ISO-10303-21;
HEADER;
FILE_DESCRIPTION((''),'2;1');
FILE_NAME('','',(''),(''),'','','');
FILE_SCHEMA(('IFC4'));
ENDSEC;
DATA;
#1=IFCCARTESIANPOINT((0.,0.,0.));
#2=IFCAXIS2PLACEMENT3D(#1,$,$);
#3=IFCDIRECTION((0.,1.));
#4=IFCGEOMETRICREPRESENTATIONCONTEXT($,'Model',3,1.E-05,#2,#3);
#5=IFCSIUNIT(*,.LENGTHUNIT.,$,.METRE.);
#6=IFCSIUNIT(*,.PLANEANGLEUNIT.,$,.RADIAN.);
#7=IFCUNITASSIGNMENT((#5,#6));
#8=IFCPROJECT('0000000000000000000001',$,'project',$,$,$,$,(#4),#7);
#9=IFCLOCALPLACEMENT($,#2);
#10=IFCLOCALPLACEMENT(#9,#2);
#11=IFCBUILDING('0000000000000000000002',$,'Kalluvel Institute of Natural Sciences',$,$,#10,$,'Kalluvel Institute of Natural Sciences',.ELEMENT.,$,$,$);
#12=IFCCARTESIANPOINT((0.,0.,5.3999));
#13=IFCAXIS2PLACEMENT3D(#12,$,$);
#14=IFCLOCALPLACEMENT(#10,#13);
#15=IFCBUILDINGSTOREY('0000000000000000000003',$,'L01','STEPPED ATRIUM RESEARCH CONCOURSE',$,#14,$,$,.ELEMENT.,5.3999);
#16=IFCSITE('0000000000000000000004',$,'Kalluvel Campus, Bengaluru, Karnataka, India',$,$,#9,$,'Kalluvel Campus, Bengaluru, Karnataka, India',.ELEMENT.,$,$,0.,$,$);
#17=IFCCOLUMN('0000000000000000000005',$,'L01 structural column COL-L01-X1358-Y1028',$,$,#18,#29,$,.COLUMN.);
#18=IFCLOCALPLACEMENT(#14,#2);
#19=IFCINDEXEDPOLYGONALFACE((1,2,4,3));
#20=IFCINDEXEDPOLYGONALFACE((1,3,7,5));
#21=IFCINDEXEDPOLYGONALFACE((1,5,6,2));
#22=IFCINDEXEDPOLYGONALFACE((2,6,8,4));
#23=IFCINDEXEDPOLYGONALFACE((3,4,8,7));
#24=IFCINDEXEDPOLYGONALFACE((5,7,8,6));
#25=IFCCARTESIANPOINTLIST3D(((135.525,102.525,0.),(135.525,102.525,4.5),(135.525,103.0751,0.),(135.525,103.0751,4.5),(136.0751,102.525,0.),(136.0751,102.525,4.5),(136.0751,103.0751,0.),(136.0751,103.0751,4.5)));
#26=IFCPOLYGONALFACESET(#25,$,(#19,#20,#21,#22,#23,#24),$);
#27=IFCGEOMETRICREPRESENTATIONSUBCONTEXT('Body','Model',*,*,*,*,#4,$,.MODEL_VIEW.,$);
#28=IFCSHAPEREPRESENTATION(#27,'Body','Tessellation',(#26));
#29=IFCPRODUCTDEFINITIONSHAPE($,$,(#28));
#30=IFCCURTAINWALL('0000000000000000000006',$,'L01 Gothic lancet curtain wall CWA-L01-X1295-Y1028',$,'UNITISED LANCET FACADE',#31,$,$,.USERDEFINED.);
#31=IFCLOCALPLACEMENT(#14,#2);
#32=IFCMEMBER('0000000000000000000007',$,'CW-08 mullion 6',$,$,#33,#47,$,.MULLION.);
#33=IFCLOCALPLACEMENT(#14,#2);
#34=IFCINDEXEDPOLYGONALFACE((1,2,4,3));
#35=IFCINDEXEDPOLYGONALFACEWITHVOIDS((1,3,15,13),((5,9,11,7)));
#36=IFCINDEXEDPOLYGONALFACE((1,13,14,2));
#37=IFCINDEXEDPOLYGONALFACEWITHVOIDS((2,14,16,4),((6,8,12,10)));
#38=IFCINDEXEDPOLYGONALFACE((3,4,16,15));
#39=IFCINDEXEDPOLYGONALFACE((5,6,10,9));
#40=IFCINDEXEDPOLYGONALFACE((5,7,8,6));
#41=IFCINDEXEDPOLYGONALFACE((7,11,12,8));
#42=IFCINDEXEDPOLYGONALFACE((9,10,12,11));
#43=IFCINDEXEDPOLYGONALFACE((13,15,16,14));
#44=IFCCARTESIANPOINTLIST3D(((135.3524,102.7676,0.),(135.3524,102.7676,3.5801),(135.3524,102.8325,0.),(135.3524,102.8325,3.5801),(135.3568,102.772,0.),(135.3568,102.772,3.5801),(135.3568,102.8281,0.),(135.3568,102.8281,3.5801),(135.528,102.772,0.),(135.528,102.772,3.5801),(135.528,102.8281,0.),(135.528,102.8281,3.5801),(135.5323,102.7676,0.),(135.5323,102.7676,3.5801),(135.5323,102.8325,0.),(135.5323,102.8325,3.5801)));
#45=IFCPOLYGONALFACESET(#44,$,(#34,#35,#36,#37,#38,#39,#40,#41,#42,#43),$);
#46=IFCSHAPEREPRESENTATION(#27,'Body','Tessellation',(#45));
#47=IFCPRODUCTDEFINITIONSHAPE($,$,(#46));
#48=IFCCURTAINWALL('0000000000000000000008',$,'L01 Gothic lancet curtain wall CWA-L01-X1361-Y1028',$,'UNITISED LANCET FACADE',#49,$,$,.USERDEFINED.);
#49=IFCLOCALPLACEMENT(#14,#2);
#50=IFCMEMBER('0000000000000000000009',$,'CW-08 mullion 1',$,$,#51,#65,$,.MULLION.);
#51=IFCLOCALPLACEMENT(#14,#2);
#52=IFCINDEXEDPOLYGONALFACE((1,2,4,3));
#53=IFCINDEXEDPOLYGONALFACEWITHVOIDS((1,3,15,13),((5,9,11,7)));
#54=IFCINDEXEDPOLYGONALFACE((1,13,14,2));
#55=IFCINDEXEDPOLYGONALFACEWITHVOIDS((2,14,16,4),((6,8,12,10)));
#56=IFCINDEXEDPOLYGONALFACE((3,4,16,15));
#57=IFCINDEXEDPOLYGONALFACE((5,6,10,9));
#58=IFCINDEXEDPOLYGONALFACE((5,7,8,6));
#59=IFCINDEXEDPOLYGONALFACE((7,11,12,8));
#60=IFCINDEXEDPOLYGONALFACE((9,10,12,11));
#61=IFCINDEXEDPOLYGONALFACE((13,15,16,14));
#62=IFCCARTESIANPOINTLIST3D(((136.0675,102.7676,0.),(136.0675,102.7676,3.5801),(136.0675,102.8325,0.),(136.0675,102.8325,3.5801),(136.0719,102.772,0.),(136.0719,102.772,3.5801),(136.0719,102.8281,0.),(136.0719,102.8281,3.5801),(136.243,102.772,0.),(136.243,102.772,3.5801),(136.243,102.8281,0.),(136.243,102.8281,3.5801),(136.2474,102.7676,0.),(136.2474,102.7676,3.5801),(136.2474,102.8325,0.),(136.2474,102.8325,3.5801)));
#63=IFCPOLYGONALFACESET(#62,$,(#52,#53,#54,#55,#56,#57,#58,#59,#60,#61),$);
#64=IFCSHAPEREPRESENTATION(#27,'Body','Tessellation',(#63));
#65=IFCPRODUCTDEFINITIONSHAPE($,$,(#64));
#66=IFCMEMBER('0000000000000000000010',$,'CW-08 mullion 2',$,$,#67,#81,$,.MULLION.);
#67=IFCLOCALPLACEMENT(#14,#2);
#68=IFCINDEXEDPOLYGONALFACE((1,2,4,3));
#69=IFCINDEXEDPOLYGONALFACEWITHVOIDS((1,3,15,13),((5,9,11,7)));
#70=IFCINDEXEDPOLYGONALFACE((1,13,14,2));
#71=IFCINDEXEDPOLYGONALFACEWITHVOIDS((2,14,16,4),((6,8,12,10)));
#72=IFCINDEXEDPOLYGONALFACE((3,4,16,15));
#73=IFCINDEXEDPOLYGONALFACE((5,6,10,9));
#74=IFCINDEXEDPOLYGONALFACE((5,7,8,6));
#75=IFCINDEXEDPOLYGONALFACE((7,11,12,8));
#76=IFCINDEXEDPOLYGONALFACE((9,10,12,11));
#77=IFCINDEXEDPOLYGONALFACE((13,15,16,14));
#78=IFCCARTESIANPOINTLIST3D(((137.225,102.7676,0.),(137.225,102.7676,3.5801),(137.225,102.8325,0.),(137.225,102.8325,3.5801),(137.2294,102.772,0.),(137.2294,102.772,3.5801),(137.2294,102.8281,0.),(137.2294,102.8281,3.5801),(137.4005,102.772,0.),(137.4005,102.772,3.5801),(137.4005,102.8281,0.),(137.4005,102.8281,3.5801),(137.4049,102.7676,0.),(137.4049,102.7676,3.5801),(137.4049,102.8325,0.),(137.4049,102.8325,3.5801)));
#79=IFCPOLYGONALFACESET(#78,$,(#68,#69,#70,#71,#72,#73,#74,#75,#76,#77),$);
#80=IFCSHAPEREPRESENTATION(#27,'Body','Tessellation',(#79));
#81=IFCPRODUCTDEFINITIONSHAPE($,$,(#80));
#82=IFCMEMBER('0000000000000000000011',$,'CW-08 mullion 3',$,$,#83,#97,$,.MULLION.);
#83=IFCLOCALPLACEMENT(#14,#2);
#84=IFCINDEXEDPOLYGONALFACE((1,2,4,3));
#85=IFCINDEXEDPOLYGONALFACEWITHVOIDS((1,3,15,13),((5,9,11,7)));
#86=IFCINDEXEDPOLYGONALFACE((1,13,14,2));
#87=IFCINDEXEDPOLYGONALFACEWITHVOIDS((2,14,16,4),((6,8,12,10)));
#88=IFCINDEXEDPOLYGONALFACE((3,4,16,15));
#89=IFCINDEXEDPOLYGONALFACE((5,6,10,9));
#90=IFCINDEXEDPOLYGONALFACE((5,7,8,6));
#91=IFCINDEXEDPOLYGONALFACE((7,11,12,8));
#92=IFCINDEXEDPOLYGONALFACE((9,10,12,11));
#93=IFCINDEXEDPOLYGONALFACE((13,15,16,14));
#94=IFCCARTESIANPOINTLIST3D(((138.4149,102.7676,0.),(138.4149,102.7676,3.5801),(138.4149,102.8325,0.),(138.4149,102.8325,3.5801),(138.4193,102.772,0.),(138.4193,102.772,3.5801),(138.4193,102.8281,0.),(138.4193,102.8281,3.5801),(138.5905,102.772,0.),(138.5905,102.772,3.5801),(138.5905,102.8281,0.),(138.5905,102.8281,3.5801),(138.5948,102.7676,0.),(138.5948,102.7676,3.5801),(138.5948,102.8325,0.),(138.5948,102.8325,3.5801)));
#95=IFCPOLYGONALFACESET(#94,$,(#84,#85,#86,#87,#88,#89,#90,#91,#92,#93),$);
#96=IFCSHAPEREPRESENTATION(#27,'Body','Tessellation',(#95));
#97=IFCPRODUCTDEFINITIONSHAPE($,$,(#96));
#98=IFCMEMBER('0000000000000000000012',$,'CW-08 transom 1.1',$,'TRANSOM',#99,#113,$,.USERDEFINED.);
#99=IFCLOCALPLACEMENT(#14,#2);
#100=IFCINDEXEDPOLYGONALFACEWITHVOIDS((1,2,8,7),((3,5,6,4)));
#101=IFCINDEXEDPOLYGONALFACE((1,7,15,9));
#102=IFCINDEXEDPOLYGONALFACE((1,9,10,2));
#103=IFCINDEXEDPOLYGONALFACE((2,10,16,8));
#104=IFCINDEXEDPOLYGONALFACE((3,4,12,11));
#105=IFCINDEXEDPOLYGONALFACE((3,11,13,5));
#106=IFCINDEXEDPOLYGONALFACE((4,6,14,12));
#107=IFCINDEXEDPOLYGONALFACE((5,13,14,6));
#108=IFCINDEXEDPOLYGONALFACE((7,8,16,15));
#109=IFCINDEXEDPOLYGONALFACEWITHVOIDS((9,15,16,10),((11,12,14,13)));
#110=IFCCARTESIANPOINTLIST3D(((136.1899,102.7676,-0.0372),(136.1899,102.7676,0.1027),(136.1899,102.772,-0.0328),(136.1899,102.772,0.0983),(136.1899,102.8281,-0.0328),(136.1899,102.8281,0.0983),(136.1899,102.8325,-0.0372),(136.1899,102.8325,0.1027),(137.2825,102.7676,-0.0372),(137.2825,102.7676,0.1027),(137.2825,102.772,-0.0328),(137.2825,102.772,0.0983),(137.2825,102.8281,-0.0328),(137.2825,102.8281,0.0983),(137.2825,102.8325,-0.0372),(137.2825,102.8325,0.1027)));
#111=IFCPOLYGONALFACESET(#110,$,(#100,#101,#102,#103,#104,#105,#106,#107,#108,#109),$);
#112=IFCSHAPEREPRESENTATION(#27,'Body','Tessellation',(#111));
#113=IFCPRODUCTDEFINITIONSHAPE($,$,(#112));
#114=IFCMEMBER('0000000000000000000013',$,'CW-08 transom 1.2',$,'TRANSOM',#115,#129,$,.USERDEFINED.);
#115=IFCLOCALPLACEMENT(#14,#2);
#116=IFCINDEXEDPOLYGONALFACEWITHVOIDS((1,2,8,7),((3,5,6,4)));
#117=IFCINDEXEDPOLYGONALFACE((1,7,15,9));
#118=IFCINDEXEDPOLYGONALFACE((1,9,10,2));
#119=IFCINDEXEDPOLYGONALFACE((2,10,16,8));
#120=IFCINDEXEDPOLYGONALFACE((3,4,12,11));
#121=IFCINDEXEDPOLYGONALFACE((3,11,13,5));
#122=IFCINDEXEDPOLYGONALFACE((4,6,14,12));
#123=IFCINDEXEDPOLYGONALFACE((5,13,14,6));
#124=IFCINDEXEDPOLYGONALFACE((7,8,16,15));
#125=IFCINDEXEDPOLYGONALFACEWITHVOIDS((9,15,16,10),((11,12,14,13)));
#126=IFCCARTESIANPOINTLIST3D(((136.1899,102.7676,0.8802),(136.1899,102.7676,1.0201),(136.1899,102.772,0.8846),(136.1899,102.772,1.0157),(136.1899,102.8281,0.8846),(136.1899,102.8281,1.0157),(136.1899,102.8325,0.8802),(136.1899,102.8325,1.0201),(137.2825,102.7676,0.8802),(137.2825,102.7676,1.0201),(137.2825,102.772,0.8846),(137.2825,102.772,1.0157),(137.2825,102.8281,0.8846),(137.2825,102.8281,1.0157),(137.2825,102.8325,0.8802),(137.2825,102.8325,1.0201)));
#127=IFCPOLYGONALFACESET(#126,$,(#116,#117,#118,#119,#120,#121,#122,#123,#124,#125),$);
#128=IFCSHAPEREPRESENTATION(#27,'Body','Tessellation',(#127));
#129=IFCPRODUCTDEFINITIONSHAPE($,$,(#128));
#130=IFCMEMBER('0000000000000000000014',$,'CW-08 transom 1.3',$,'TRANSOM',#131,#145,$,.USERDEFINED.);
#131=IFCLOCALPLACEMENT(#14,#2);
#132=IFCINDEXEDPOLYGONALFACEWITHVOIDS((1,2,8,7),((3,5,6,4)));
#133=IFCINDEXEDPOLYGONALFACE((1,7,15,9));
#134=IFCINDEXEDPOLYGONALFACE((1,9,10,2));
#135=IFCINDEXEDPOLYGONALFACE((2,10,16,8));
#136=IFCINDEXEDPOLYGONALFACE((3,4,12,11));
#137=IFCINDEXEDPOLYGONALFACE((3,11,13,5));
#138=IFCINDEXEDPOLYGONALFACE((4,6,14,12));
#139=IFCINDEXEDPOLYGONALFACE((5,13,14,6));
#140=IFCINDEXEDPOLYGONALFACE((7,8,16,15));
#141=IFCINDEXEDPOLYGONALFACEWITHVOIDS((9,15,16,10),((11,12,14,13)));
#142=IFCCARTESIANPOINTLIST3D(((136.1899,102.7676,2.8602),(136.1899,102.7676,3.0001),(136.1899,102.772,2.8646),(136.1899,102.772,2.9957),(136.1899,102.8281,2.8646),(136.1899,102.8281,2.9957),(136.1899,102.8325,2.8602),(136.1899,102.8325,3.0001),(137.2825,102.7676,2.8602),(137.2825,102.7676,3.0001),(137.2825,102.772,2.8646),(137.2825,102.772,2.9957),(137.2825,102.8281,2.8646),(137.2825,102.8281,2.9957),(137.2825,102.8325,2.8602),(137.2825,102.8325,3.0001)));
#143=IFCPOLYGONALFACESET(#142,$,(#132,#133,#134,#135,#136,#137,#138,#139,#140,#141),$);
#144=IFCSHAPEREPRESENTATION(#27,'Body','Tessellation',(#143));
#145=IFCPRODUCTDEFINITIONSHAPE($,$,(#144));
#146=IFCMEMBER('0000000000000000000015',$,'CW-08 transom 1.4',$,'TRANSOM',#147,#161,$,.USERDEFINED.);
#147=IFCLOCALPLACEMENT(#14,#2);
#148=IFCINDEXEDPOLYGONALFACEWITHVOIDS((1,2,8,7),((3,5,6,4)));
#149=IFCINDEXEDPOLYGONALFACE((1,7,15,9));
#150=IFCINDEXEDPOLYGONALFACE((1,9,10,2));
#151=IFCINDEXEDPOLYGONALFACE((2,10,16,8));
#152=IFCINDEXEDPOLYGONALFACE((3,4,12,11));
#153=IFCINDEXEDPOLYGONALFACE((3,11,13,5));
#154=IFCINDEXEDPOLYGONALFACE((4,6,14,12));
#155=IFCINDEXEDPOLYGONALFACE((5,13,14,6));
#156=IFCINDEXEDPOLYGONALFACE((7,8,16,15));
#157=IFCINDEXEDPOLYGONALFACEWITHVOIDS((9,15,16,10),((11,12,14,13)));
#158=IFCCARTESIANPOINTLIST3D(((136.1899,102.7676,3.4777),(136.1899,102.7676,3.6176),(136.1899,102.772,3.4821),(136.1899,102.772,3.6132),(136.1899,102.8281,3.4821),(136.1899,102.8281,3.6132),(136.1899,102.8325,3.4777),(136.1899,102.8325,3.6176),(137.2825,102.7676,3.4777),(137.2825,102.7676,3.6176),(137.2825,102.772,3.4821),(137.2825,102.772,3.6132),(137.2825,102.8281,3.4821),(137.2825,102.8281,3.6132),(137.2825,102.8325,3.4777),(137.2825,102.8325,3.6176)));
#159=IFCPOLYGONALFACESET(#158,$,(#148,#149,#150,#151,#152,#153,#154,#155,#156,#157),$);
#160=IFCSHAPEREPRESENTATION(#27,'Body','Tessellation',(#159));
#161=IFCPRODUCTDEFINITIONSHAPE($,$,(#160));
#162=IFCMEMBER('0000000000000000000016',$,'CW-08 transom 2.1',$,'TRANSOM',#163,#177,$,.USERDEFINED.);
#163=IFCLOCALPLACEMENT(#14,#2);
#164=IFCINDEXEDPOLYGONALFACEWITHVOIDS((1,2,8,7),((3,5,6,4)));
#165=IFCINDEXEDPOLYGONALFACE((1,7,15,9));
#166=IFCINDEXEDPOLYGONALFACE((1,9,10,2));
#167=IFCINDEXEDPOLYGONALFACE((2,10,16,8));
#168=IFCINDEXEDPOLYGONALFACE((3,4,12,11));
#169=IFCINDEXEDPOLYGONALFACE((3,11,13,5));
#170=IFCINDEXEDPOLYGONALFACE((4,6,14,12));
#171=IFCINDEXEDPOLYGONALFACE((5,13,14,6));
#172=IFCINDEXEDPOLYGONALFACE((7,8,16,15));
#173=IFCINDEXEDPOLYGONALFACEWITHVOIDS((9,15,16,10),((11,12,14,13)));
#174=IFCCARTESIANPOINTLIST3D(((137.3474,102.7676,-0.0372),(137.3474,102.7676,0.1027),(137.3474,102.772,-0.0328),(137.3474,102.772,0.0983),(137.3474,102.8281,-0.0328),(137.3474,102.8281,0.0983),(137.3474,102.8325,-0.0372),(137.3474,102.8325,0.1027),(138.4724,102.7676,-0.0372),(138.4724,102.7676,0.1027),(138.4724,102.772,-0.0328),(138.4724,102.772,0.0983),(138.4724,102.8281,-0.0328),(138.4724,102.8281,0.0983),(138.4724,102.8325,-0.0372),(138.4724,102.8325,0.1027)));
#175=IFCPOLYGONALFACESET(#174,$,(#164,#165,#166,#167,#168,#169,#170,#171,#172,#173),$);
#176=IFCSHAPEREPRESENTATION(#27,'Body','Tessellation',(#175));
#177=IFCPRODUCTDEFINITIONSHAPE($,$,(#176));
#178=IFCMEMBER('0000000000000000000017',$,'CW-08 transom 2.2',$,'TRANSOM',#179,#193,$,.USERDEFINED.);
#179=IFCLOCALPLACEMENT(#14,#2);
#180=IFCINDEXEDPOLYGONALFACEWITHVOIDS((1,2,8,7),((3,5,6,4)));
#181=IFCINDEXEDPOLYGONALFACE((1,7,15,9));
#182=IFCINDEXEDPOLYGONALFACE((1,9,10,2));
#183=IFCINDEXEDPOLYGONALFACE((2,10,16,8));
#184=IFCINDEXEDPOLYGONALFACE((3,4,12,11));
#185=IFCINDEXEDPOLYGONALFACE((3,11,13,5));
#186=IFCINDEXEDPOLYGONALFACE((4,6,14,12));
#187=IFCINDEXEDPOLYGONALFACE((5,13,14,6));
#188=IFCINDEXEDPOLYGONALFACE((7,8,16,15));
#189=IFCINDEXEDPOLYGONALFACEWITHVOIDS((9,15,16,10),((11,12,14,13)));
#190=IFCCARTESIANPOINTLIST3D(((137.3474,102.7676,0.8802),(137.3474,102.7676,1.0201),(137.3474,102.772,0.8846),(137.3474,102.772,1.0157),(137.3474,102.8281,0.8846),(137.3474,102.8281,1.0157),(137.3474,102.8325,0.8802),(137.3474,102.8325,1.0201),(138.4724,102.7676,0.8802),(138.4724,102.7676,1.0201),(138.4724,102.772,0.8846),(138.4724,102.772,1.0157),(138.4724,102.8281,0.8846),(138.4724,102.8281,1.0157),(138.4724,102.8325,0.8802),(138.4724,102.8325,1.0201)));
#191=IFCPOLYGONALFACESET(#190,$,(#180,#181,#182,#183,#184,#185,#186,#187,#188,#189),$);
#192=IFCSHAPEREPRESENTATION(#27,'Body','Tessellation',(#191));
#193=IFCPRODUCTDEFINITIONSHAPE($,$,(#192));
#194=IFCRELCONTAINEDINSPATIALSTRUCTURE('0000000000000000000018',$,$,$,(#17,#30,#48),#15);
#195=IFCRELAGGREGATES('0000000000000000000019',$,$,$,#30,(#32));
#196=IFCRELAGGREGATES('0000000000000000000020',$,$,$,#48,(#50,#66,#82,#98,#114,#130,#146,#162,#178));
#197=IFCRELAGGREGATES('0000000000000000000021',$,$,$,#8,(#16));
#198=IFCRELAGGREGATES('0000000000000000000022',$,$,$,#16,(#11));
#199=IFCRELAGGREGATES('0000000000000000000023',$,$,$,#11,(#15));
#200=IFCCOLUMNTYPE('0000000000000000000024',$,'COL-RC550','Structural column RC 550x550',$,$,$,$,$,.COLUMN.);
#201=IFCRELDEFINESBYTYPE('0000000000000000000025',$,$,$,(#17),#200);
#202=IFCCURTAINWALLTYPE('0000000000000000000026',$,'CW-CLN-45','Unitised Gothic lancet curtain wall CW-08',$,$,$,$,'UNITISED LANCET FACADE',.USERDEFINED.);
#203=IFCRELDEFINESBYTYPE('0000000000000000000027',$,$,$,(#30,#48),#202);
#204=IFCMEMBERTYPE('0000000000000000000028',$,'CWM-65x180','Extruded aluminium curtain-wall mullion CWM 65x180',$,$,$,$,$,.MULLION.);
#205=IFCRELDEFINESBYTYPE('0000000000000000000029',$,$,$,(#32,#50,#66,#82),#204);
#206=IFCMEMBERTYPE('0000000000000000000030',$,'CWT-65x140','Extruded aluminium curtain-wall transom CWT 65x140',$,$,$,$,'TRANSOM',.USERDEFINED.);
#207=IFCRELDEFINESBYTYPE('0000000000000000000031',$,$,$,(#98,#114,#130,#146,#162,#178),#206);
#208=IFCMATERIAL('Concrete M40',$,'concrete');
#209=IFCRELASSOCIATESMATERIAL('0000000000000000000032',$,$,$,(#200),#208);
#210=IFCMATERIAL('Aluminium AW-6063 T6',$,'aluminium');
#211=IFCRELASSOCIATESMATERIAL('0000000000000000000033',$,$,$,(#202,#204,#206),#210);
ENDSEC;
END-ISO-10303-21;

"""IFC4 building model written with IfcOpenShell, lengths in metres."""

from ifc_helpers import new_model, si_unit, direction, frame, origin, origin_2d, place, context, subcontext, project, spatial, rectangle, hollow_rectangle, extrude, material, material_profile, profile_set, type_object, element, aggregate, save


model = new_model("IFC4")

# Units and contexts
model_context = context("Model", 3, precision=1e-05, world=origin(), true_north=direction((0.0, 1.0)))
body_context = subcontext(model_context, "Body", "Model", "MODEL_VIEW")
ifc_project = project(units=[si_unit("LENGTHUNIT", "METRE"), si_unit("PLANEANGLEUNIT", "RADIAN")], contexts=[model_context])

# Site, building, storey
site_placement = place(None, origin())
site = spatial("IfcSite", under=ifc_project, at=site_placement, Name="Kalluvel Campus, Bengaluru, Karnataka, India", LongName="Kalluvel Campus, Bengaluru, Karnataka, India", CompositionType="ELEMENT", RefElevation=0.0)
building_placement = place(site_placement, origin())
building = spatial("IfcBuilding", under=site, at=building_placement, Name="Kalluvel Institute of Natural Sciences", LongName="Kalluvel Institute of Natural Sciences", CompositionType="ELEMENT")
storey_placement = place(building_placement, frame((0.0, 0.0, 5.3999)))
storey = spatial("IfcBuildingStorey", under=building, at=storey_placement, Name="L01", Description="STEPPED ATRIUM RESEARCH CONCOURSE", CompositionType="ELEMENT", Elevation=5.3999)

# Column
ifc_material_1 = material(Name="Concrete M40", Category="concrete")
ifc_material_profile_1 = material_profile(ifc_material_1, rectangle(XDim=0.55, YDim=0.55, at=origin_2d()), Name="RC 550x550")
ifc_profile_set_1 = profile_set([ifc_material_profile_1], Name="Concrete M40")
column_type = type_object("IfcColumnType", Name="COL-RC550", Description="Structural column RC 550x550", PredefinedType="COLUMN", material=ifc_profile_set_1)
column_placement = place(storey_placement, frame((135.8, 102.8, 0.0), z_axis=(0.0, 0.0, 1.0), x_axis=(1.0, 0.0, 0.0)))
element("IfcColumn", 1, at=column_placement, inside=storey, type_object=column_type, Name="L01 structural column COL-L01-X1358-Y1028", PredefinedType="COLUMN", context=body_context, shape_type="SweptSolid", body=[
    extrude(rectangle(XDim=0.55, YDim=0.55, at=origin_2d()), origin(), (0.0, 0.0, 1.0), 4.5),
])

# Curtain wall, member
ifc_material_2 = material(Name="Aluminium AW-6063 T6", Category="aluminium")
curtain_wall_type = type_object("IfcCurtainWallType", Name="CW-CLN-45", Description="Unitised Gothic lancet curtain wall CW-08", ElementType="UNITISED LANCET FACADE", PredefinedType="USERDEFINED", material=ifc_material_2)
curtain_wall_1_placement = place(storey_placement, origin())
curtain_wall_1 = element("IfcCurtainWall", 2, at=curtain_wall_1_placement, inside=storey, type_object=curtain_wall_type, Name="L01 Gothic lancet curtain wall CWA-L01-X1295-Y1028", ObjectType="UNITISED LANCET FACADE", PredefinedType="USERDEFINED")
ifc_material_profile_2 = material_profile(ifc_material_2, hollow_rectangle(XDim=0.0649, YDim=0.1799, WallThickness=0.0044, at=origin_2d()), Name="CWM 65x180")
ifc_profile_set_2 = profile_set([ifc_material_profile_2], Name="Aluminium AW-6063 T6")
member_type_1 = type_object("IfcMemberType", Name="CWM-65x180", Description="Extruded aluminium curtain-wall mullion CWM 65x180", PredefinedType="MULLION", material=ifc_profile_set_2)
member_1_placement = place(storey_placement, frame((135.4424, 102.8, 0.0), z_axis=(0.0, 0.0, 1.0), x_axis=(0.0, 1.0, 0.0)))
member_1 = element("IfcMember", 3, at=member_1_placement, type_object=member_type_1, Name="CW-08 mullion 6", PredefinedType="MULLION", context=body_context, shape_type="SweptSolid", body=[
    extrude(hollow_rectangle(XDim=0.0649, YDim=0.1799, WallThickness=0.0044, at=origin_2d()), origin(), (0.0, 0.0, 1.0), 3.5801),
])

# Curtain wall, members
curtain_wall_2_placement = place(storey_placement, origin())
curtain_wall_2 = element("IfcCurtainWall", 4, at=curtain_wall_2_placement, inside=storey, type_object=curtain_wall_type, Name="L01 Gothic lancet curtain wall CWA-L01-X1361-Y1028", ObjectType="UNITISED LANCET FACADE", PredefinedType="USERDEFINED")
member_2_placement = place(storey_placement, frame((136.1575, 102.8, 0.0), z_axis=(0.0, 0.0, 1.0), x_axis=(0.0, 1.0, 0.0)))
member_2 = element("IfcMember", 5, at=member_2_placement, type_object=member_type_1, Name="CW-08 mullion 1", PredefinedType="MULLION", context=body_context, shape_type="SweptSolid", body=[
    extrude(hollow_rectangle(XDim=0.0649, YDim=0.1799, WallThickness=0.0044, at=origin_2d()), origin(), (0.0, 0.0, 1.0), 3.5801),
])
member_3_placement = place(storey_placement, frame((137.3149, 102.8, 0.0), z_axis=(0.0, 0.0, 1.0), x_axis=(0.0, 1.0, 0.0)))
member_3 = element("IfcMember", 6, at=member_3_placement, type_object=member_type_1, Name="CW-08 mullion 2", PredefinedType="MULLION", context=body_context, shape_type="SweptSolid", body=[
    extrude(hollow_rectangle(XDim=0.0649, YDim=0.1799, WallThickness=0.0044, at=origin_2d()), origin(), (0.0, 0.0, 1.0), 3.5801),
])
member_4_placement = place(storey_placement, frame((138.5049, 102.8, 0.0), z_axis=(0.0, 0.0, 1.0), x_axis=(0.0, 1.0, 0.0)))
member_4 = element("IfcMember", 7, at=member_4_placement, type_object=member_type_1, Name="CW-08 mullion 3", PredefinedType="MULLION", context=body_context, shape_type="SweptSolid", body=[
    extrude(hollow_rectangle(XDim=0.0649, YDim=0.1799, WallThickness=0.0044, at=origin_2d()), origin(), (0.0, 0.0, 1.0), 3.5801),
])
ifc_material_profile_3 = material_profile(ifc_material_2, hollow_rectangle(XDim=0.0649, YDim=0.1399, WallThickness=0.0044, at=origin_2d()), Name="CWT 65x140")
ifc_profile_set_3 = profile_set([ifc_material_profile_3], Name="Aluminium AW-6063 T6")
member_type_2 = type_object("IfcMemberType", Name="CWT-65x140", Description="Extruded aluminium curtain-wall transom CWT 65x140", ElementType="TRANSOM", PredefinedType="USERDEFINED", material=ifc_profile_set_3)
member_5_placement = place(storey_placement, frame((136.1899, 102.8, 0.0327), z_axis=(1.0, 0.0, 0.0), x_axis=(0.0, 1.0, 0.0)))
member_5 = element("IfcMember", 8, at=member_5_placement, type_object=member_type_2, Name="CW-08 transom 1.1", ObjectType="TRANSOM", PredefinedType="USERDEFINED", context=body_context, shape_type="SweptSolid", body=[
    extrude(hollow_rectangle(XDim=0.0649, YDim=0.1399, WallThickness=0.0044, at=origin_2d()), origin(), (0.0, 0.0, 1.0), 1.0925),
])
member_6_placement = place(storey_placement, frame((136.1899, 102.8, 0.9502), z_axis=(1.0, 0.0, 0.0), x_axis=(0.0, 1.0, 0.0)))
member_6 = element("IfcMember", 9, at=member_6_placement, type_object=member_type_2, Name="CW-08 transom 1.2", ObjectType="TRANSOM", PredefinedType="USERDEFINED", context=body_context, shape_type="SweptSolid", body=[
    extrude(hollow_rectangle(XDim=0.0649, YDim=0.1399, WallThickness=0.0044, at=origin_2d()), origin(), (0.0, 0.0, 1.0), 1.0925),
])
member_7_placement = place(storey_placement, frame((136.1899, 102.8, 2.9302), z_axis=(1.0, 0.0, 0.0), x_axis=(0.0, 1.0, 0.0)))
member_7 = element("IfcMember", 10, at=member_7_placement, type_object=member_type_2, Name="CW-08 transom 1.3", ObjectType="TRANSOM", PredefinedType="USERDEFINED", context=body_context, shape_type="SweptSolid", body=[
    extrude(hollow_rectangle(XDim=0.0649, YDim=0.1399, WallThickness=0.0044, at=origin_2d()), origin(), (0.0, 0.0, 1.0), 1.0925),
])
member_8_placement = place(storey_placement, frame((136.1899, 102.8, 3.5476), z_axis=(1.0, 0.0, 0.0), x_axis=(0.0, 1.0, 0.0)))
member_8 = element("IfcMember", 11, at=member_8_placement, type_object=member_type_2, Name="CW-08 transom 1.4", ObjectType="TRANSOM", PredefinedType="USERDEFINED", context=body_context, shape_type="SweptSolid", body=[
    extrude(hollow_rectangle(XDim=0.0649, YDim=0.1399, WallThickness=0.0044, at=origin_2d()), origin(), (0.0, 0.0, 1.0), 1.0925),
])
member_9_placement = place(storey_placement, frame((137.3474, 102.8, 0.0327), z_axis=(1.0, 0.0, 0.0), x_axis=(0.0, 1.0, 0.0)))
member_9 = element("IfcMember", 12, at=member_9_placement, type_object=member_type_2, Name="CW-08 transom 2.1", ObjectType="TRANSOM", PredefinedType="USERDEFINED", context=body_context, shape_type="SweptSolid", body=[
    extrude(hollow_rectangle(XDim=0.0649, YDim=0.1399, WallThickness=0.0044, at=origin_2d()), origin(), (0.0, 0.0, 1.0), 1.125),
])
member_10_placement = place(storey_placement, frame((137.3474, 102.8, 0.9502), z_axis=(1.0, 0.0, 0.0), x_axis=(0.0, 1.0, 0.0)))
member_10 = element("IfcMember", 13, at=member_10_placement, type_object=member_type_2, Name="CW-08 transom 2.2", ObjectType="TRANSOM", PredefinedType="USERDEFINED", context=body_context, shape_type="SweptSolid", body=[
    extrude(hollow_rectangle(XDim=0.0649, YDim=0.1399, WallThickness=0.0044, at=origin_2d()), origin(), (0.0, 0.0, 1.0), 1.125),
])

aggregate(curtain_wall_1, [member_1])
aggregate(curtain_wall_2, [member_2, member_3, member_4, member_5, member_6, member_7, member_8, member_9, member_10])

save(model, "model.ifc")
